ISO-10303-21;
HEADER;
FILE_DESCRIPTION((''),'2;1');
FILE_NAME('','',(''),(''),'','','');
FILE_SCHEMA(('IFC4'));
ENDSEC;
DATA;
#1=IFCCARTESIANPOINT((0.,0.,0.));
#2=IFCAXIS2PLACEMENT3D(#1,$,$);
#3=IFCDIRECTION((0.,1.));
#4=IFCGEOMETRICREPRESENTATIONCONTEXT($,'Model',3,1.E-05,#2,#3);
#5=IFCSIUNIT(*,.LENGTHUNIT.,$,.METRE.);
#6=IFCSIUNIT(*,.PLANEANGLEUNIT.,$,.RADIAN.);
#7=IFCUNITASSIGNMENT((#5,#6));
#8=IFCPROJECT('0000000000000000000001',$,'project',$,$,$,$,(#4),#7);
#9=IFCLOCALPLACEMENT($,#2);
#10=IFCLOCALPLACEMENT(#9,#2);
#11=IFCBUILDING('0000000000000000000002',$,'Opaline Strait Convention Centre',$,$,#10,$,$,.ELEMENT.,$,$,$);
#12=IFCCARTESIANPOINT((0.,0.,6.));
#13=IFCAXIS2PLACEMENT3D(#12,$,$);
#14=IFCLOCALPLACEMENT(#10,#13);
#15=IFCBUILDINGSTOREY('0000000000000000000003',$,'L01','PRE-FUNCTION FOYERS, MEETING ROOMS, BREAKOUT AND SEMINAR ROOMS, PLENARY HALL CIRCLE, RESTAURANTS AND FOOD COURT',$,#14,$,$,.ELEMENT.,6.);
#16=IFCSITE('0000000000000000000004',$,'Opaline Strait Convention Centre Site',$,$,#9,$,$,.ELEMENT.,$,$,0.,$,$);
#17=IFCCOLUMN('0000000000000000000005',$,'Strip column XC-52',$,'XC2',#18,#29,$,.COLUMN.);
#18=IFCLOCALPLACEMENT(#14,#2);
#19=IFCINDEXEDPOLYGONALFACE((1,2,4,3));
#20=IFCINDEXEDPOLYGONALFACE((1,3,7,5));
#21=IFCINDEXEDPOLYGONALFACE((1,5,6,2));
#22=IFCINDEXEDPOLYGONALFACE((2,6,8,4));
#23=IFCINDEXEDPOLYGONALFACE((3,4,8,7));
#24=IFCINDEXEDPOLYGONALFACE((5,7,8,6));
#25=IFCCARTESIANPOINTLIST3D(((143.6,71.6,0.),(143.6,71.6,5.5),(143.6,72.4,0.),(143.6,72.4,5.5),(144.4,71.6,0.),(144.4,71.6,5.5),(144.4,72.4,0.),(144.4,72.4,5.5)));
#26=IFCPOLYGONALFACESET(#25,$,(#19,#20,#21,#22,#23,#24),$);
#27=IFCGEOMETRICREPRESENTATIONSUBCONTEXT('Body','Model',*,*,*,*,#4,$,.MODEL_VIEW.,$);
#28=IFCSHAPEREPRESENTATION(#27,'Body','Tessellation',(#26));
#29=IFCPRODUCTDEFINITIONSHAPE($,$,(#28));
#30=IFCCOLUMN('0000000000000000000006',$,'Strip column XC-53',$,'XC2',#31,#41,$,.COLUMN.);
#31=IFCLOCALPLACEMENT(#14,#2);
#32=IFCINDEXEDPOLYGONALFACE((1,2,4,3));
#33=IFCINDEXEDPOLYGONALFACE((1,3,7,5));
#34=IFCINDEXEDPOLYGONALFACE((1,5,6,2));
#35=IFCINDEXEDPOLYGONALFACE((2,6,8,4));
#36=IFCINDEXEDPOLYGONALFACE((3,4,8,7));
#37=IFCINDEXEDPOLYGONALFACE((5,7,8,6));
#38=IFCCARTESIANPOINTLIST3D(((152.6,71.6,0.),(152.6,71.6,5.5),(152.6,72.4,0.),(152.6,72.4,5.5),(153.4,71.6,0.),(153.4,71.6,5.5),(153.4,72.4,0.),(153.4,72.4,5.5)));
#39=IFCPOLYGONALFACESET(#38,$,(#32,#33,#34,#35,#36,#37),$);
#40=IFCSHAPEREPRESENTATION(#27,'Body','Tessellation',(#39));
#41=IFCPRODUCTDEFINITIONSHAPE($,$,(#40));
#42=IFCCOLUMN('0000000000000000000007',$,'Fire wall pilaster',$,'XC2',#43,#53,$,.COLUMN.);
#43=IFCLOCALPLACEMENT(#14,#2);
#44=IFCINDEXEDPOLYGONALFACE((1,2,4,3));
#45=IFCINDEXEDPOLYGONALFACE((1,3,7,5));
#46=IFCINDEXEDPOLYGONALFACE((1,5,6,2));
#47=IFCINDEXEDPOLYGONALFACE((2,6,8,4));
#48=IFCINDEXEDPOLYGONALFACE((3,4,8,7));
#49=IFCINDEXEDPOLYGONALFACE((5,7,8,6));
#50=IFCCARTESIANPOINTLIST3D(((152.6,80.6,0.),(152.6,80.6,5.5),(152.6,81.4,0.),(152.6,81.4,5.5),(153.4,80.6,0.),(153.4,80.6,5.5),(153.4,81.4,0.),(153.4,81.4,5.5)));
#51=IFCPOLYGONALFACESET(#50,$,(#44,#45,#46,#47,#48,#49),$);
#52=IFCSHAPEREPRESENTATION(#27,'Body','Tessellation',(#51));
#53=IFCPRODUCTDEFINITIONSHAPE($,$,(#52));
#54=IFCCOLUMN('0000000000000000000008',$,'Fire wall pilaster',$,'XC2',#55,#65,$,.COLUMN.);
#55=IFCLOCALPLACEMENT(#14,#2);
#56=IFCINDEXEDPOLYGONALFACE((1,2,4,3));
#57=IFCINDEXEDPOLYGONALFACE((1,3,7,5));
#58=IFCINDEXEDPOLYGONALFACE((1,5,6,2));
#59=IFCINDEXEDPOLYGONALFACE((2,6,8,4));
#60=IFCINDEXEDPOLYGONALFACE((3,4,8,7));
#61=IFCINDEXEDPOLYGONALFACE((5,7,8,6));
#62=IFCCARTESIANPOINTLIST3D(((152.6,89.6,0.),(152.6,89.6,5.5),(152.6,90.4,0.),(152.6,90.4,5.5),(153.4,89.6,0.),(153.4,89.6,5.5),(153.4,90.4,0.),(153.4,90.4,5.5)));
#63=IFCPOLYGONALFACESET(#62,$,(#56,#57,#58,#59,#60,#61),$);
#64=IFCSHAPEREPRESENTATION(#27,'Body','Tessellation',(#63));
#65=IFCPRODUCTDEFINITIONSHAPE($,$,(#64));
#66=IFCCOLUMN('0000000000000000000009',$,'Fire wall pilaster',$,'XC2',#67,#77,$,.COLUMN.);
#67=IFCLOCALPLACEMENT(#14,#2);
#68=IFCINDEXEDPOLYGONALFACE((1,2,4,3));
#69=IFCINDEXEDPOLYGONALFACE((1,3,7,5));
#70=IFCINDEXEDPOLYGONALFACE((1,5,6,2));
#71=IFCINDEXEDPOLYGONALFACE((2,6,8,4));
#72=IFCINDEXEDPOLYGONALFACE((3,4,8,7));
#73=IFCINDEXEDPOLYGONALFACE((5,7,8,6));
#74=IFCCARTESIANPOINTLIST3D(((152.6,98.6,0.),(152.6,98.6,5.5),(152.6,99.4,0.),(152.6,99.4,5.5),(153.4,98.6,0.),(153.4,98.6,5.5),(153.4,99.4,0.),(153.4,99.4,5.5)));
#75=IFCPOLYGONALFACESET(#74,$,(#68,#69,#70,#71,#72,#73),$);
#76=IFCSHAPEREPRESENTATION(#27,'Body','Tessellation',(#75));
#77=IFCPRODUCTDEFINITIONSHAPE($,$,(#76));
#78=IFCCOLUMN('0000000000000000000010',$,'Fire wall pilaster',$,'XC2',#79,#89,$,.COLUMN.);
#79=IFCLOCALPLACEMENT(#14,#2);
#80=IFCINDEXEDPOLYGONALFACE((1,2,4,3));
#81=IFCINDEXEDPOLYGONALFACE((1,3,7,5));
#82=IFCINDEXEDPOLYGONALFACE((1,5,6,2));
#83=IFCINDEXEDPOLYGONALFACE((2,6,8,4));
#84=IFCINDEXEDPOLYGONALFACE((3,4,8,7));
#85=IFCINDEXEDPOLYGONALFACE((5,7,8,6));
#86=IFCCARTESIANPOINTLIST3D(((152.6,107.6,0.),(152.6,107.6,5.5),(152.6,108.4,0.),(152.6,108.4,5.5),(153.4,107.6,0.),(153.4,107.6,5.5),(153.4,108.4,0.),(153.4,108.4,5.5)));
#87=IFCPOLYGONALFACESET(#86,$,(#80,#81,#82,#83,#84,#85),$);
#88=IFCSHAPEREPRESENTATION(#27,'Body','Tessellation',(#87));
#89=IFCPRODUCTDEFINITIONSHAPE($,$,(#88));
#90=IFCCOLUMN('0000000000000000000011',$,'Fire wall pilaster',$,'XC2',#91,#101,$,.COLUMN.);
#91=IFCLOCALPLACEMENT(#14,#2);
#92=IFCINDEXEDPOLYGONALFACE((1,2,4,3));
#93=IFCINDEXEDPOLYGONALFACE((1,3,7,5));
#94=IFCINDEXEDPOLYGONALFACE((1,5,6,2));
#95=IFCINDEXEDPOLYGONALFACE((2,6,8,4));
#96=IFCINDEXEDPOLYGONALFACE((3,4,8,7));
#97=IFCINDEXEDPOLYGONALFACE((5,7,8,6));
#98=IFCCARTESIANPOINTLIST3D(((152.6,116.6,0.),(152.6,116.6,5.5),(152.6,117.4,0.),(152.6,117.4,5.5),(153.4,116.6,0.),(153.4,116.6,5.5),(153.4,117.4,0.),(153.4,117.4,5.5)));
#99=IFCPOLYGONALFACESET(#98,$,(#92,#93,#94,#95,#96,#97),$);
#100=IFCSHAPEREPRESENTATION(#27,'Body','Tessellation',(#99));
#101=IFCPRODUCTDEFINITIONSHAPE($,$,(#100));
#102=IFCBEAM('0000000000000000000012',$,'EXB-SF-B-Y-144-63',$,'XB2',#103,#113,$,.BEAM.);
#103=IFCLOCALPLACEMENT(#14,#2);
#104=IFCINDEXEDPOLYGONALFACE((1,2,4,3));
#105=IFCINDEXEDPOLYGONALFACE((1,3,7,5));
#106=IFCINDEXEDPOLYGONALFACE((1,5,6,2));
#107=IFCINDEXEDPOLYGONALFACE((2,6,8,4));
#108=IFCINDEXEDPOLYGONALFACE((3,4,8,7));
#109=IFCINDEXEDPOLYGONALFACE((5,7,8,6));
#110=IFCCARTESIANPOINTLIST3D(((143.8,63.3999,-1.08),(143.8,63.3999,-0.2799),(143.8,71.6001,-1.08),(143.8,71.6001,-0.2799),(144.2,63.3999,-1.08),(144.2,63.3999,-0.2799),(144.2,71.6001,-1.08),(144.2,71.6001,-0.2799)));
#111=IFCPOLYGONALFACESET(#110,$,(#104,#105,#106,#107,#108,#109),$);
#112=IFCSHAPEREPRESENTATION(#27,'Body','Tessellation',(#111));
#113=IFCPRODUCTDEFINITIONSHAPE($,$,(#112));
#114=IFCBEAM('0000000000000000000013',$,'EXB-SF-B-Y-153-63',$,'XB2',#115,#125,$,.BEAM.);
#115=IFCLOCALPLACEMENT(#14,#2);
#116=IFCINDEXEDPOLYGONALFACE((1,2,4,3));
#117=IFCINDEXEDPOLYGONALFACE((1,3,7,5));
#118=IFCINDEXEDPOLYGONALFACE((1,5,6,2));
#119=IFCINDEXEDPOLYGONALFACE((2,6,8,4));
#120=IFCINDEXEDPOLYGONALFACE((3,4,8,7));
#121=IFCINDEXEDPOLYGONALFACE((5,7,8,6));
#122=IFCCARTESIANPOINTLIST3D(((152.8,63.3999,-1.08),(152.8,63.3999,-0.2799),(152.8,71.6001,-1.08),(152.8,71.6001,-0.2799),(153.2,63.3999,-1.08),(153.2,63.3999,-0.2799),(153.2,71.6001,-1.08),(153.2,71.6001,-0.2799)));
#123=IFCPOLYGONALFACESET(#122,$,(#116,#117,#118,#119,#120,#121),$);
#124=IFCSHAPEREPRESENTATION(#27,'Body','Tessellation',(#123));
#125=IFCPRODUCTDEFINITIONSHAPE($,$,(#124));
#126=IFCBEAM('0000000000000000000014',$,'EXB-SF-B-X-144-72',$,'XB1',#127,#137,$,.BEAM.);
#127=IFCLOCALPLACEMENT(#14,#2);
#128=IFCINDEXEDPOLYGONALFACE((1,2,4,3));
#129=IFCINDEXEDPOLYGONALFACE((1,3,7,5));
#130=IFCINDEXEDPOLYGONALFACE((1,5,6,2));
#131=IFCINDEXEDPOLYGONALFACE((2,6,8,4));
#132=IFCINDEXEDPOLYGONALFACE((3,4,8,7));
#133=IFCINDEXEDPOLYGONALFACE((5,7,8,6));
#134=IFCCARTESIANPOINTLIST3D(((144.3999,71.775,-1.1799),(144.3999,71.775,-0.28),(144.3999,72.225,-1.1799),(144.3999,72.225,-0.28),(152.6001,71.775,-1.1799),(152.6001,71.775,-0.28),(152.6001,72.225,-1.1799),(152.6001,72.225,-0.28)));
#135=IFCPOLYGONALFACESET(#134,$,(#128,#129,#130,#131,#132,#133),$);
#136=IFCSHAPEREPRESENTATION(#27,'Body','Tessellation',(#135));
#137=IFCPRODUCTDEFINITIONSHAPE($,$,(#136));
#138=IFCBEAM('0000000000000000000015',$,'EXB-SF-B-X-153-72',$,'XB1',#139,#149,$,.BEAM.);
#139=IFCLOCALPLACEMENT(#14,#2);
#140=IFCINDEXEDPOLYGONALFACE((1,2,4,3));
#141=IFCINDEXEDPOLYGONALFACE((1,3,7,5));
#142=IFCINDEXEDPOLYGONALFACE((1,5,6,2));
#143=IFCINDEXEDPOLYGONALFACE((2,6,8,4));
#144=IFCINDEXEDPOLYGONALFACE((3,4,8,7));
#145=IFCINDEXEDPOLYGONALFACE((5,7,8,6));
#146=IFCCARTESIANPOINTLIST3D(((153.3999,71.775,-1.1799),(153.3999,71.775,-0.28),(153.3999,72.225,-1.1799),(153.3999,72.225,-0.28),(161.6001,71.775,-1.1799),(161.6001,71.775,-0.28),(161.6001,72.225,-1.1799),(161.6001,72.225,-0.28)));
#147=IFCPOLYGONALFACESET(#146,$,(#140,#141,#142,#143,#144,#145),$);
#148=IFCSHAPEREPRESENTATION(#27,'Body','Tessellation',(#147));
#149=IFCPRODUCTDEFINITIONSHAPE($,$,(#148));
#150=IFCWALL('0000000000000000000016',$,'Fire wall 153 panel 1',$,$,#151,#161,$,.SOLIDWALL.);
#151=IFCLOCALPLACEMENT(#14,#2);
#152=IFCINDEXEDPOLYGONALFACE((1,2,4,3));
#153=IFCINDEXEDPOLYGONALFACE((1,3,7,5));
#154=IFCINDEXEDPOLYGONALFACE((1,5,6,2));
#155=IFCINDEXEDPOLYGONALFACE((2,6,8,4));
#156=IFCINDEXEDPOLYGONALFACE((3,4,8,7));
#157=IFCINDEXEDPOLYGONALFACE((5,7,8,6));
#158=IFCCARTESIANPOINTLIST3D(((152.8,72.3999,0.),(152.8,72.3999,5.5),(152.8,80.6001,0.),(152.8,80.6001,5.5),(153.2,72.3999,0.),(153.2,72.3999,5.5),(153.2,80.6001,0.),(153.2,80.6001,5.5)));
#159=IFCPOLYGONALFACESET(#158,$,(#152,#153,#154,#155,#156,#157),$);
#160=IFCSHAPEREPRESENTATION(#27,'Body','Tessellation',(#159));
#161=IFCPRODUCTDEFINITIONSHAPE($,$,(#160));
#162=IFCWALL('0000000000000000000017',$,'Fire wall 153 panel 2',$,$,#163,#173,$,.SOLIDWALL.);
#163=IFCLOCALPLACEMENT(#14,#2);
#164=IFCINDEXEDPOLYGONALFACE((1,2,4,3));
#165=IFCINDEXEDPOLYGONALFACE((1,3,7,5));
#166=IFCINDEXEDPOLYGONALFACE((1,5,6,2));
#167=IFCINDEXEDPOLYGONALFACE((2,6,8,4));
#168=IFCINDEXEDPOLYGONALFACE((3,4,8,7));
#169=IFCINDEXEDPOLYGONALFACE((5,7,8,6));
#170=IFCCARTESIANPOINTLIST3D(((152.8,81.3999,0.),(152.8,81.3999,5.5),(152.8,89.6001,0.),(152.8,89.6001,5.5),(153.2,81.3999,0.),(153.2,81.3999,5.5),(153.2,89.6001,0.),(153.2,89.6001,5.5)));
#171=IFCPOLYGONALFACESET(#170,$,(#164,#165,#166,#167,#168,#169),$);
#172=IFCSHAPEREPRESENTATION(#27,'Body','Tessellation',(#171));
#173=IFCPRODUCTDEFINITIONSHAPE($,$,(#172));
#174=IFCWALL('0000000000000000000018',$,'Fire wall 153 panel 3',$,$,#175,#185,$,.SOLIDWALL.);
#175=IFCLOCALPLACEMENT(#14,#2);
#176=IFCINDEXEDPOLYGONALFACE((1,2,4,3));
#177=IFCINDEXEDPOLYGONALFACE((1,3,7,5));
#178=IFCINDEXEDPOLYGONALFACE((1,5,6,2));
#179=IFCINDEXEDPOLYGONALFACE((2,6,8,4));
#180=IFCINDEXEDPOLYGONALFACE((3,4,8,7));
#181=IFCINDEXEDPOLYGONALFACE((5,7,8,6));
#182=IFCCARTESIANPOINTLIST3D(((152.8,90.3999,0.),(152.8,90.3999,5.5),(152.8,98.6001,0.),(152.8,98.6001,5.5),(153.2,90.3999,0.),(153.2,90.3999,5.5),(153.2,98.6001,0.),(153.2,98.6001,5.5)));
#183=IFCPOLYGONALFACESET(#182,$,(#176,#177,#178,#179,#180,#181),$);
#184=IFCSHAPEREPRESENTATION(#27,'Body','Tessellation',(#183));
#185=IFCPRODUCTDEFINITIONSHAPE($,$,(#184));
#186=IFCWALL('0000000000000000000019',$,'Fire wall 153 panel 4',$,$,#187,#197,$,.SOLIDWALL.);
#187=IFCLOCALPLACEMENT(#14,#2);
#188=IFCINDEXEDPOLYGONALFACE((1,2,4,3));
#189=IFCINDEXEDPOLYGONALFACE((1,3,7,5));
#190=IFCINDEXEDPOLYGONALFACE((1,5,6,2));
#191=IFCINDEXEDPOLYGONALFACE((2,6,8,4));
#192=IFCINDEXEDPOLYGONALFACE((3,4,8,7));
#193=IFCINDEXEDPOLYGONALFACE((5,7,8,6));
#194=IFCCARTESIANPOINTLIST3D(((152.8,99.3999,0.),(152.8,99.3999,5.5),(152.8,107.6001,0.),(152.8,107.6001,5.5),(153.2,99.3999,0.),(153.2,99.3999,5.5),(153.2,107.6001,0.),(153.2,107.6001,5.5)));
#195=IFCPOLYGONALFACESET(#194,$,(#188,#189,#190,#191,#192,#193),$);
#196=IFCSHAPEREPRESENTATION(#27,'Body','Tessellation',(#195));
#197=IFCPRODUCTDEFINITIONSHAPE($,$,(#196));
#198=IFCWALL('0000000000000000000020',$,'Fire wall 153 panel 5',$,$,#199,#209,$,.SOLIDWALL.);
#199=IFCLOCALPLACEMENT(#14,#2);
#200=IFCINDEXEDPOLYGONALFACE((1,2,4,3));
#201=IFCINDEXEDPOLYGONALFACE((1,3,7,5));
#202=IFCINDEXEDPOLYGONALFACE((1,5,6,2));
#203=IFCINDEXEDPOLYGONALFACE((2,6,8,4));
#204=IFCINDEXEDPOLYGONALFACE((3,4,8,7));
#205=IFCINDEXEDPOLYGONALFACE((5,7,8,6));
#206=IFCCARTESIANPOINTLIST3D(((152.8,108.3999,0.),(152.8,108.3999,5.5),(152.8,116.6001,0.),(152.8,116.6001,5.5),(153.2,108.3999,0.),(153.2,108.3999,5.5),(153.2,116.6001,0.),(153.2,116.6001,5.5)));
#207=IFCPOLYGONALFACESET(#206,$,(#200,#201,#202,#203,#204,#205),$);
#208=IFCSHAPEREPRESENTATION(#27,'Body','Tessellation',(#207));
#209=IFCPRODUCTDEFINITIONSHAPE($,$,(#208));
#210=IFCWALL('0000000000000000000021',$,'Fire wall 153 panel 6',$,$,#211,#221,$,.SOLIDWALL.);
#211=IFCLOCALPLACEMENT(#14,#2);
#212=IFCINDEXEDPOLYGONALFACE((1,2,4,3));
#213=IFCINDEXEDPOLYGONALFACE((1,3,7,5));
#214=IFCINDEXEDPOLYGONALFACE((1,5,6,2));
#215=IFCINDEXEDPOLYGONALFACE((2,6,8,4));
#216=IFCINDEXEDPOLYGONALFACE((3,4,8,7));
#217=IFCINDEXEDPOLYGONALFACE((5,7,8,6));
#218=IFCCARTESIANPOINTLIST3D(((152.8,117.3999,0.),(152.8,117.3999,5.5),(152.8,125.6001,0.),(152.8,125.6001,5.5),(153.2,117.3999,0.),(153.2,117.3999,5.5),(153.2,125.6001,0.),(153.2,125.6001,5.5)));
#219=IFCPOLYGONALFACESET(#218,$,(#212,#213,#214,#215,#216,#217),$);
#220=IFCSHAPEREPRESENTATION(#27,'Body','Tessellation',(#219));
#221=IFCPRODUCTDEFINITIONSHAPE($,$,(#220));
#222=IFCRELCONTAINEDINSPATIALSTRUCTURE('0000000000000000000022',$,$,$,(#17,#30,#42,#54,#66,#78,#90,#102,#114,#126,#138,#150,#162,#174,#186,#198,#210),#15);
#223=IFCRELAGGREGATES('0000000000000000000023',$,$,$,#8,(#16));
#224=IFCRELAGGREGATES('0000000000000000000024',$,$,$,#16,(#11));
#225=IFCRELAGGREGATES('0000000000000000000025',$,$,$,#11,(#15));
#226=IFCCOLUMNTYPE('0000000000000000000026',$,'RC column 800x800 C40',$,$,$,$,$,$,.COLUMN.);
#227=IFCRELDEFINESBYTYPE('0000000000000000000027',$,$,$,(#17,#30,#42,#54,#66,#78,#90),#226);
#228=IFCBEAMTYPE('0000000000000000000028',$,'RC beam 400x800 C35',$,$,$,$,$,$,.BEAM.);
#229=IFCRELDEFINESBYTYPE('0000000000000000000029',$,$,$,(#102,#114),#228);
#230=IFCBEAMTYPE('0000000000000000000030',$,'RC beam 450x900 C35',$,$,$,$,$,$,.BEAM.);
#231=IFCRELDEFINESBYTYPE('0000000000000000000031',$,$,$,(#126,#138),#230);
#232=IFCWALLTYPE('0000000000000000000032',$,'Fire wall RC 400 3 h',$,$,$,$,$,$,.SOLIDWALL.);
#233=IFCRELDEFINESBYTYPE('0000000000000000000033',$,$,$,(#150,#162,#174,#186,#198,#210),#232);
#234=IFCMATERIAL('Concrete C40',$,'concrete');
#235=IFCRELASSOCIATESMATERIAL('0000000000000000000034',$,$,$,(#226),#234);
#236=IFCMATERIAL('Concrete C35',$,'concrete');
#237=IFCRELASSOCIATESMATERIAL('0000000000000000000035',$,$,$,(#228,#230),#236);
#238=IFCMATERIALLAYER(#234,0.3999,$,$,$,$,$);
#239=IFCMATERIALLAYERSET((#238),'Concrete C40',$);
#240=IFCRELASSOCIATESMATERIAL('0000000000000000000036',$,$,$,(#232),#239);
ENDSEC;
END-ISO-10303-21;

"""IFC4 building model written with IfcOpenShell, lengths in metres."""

from ifc_helpers import new_model, si_unit, direction, frame, frame_2d, origin, origin_2d, place, context, subcontext, project, spatial, rectangle, extrude, material, layer, layer_set, material_profile, profile_set, type_object, element, save


model = new_model("IFC4")

# Units and contexts
model_context = context("Model", 3, precision=1e-05, world=origin(), true_north=direction((0.0, 1.0)))
body_context = subcontext(model_context, "Body", "Model", "MODEL_VIEW")
ifc_project = project(units=[si_unit("LENGTHUNIT", "METRE"), si_unit("PLANEANGLEUNIT", "RADIAN")], contexts=[model_context])

# Site, building, storey
site_placement = place(None, origin())
site = spatial("IfcSite", under=ifc_project, at=site_placement, Name="Opaline Strait Convention Centre Site", CompositionType="ELEMENT", RefElevation=0.0)
building_placement = place(site_placement, origin())
building = spatial("IfcBuilding", under=site, at=building_placement, Name="Opaline Strait Convention Centre", CompositionType="ELEMENT")
storey_placement = place(building_placement, frame((0.0, 0.0, 6.0)))
storey = spatial("IfcBuildingStorey", under=building, at=storey_placement, Name="L01", Description="PRE-FUNCTION FOYERS, MEETING ROOMS, BREAKOUT AND SEMINAR ROOMS, PLENARY HALL CIRCLE, RESTAURANTS AND FOOD COURT", CompositionType="ELEMENT", Elevation=6.0)

# Columns
ifc_material_1 = material(Name="Concrete C40", Category="concrete")
ifc_material_profile_1 = material_profile(ifc_material_1, rectangle(XDim=0.8, YDim=0.8, at=origin_2d()), Name="RC 800x800")
ifc_profile_set_1 = profile_set([ifc_material_profile_1], Name="Concrete C40")
column_type = type_object("IfcColumnType", Name="RC column 800x800 C40", PredefinedType="COLUMN", material=ifc_profile_set_1)
for number, where, z_axis, x_axis, name in (
    (1, (144.0, 72.0, 0.0), (0.0, 0.0, 1.0), (1.0, 0.0, 0.0), "Strip column XC-52"),
    (2, (153.0, 72.0, 0.0), (0.0, 0.0, 1.0), (1.0, 0.0, 0.0), "Strip column XC-53"),
    (3, (153.0, 81.0, 0.0), (0.0, 0.0, 1.0), (1.0, 0.0, 0.0), "Fire wall pilaster"),
    (4, (153.0, 90.0, 0.0), (0.0, 0.0, 1.0), (1.0, 0.0, 0.0), "Fire wall pilaster"),
    (5, (153.0, 99.0, 0.0), (0.0, 0.0, 1.0), (1.0, 0.0, 0.0), "Fire wall pilaster"),
    (6, (153.0, 108.0, 0.0), (0.0, 0.0, 1.0), (1.0, 0.0, 0.0), "Fire wall pilaster"),
    (7, (153.0, 117.0, 0.0), (0.0, 0.0, 1.0), (1.0, 0.0, 0.0), "Fire wall pilaster"),
):
    element("IfcColumn", number, at=place(storey_placement, frame(where, z_axis=z_axis, x_axis=x_axis)), inside=storey, type_object=column_type, Name=name, ObjectType="XC2", PredefinedType="COLUMN", context=body_context, shape_type="SweptSolid", body=[
        extrude(rectangle(XDim=0.8, YDim=0.8, at=origin_2d()), origin(), (0.0, 0.0, 1.0), 5.5),
    ])

# Beams
ifc_material_2 = material(Name="Concrete C35", Category="concrete")
ifc_material_profile_2 = material_profile(ifc_material_2, rectangle(XDim=0.3999, YDim=0.8, at=origin_2d()), Name="RC 400x800")
ifc_profile_set_2 = profile_set([ifc_material_profile_2], Name="Concrete C35")
beam_type_1 = type_object("IfcBeamType", Name="RC beam 400x800 C35", PredefinedType="BEAM", material=ifc_profile_set_2)
for number, where, z_axis, x_axis, name in (
    (8, (144.0, 63.3999, -0.6799), (0.0, 1.0, 0.0), (-1.0, 0.0, 0.0), "EXB-SF-B-Y-144-63"),
    (9, (153.0, 63.3999, -0.6799), (0.0, 1.0, 0.0), (-1.0, 0.0, 0.0), "EXB-SF-B-Y-153-63"),
):
    element("IfcBeam", number, at=place(storey_placement, frame(where, z_axis=z_axis, x_axis=x_axis)), inside=storey, type_object=beam_type_1, Name=name, ObjectType="XB2", PredefinedType="BEAM", context=body_context, shape_type="SweptSolid", body=[
        extrude(rectangle(XDim=0.3999, YDim=0.8, at=origin_2d()), origin(), (0.0, 0.0, 1.0), 8.2002),
    ])
ifc_material_profile_3 = material_profile(ifc_material_2, rectangle(XDim=0.45, YDim=0.8999, at=origin_2d()), Name="RC 450x900")
ifc_profile_set_3 = profile_set([ifc_material_profile_3], Name="Concrete C35")
beam_type_2 = type_object("IfcBeamType", Name="RC beam 450x900 C35", PredefinedType="BEAM", material=ifc_profile_set_3)
for number, where, z_axis, x_axis, name in (
    (10, (144.3999, 72.0, -0.73), (1.0, 0.0, 0.0), (0.0, 1.0, 0.0), "EXB-SF-B-X-144-72"),
    (11, (153.3999, 72.0, -0.73), (1.0, 0.0, 0.0), (0.0, 1.0, 0.0), "EXB-SF-B-X-153-72"),
):
    element("IfcBeam", number, at=place(storey_placement, frame(where, z_axis=z_axis, x_axis=x_axis)), inside=storey, type_object=beam_type_2, Name=name, ObjectType="XB1", PredefinedType="BEAM", context=body_context, shape_type="SweptSolid", body=[
        extrude(rectangle(XDim=0.45, YDim=0.8999, at=origin_2d()), origin(), (0.0, 0.0, 1.0), 8.2002),
    ])

# Walls
ifc_layer_1 = layer(ifc_material_1, 0.3999)
ifc_layer_set_1 = layer_set([ifc_layer_1], Name="Concrete C40")
wall_type_1 = type_object("IfcWallType", Name="Fire wall RC 400 3 h", PredefinedType="SOLIDWALL", material=ifc_layer_set_1)
for number, where, z_axis, x_axis, name in (
    (12, (153.0, 72.3999, 0.0), (0.0, 0.0, 1.0), (0.0, 1.0, 0.0), "Fire wall 153 panel 1"),
    (13, (153.0, 81.3999, 0.0), (0.0, 0.0, 1.0), (0.0, 1.0, 0.0), "Fire wall 153 panel 2"),
    (14, (153.0, 90.3999, 0.0), (0.0, 0.0, 1.0), (0.0, 1.0, 0.0), "Fire wall 153 panel 3"),
    (15, (153.0, 99.3999, 0.0), (0.0, 0.0, 1.0), (0.0, 1.0, 0.0), "Fire wall 153 panel 4"),
    (16, (153.0, 108.3999, 0.0), (0.0, 0.0, 1.0), (0.0, 1.0, 0.0), "Fire wall 153 panel 5"),
    (17, (153.0, 117.3999, 0.0), (0.0, 0.0, 1.0), (0.0, 1.0, 0.0), "Fire wall 153 panel 6"),
):
    element("IfcWall", number, at=place(storey_placement, frame(where, z_axis=z_axis, x_axis=x_axis)), inside=storey, type_object=wall_type_1, Name=name, PredefinedType="SOLIDWALL", context=body_context, shape_type="SweptSolid", body=[
        extrude(rectangle(XDim=8.2002, YDim=0.3999, at=frame_2d((4.1001, 0.0))), origin(), (0.0, 0.0, 1.0), 5.5),
    ])

save(model, "model.ifc")
